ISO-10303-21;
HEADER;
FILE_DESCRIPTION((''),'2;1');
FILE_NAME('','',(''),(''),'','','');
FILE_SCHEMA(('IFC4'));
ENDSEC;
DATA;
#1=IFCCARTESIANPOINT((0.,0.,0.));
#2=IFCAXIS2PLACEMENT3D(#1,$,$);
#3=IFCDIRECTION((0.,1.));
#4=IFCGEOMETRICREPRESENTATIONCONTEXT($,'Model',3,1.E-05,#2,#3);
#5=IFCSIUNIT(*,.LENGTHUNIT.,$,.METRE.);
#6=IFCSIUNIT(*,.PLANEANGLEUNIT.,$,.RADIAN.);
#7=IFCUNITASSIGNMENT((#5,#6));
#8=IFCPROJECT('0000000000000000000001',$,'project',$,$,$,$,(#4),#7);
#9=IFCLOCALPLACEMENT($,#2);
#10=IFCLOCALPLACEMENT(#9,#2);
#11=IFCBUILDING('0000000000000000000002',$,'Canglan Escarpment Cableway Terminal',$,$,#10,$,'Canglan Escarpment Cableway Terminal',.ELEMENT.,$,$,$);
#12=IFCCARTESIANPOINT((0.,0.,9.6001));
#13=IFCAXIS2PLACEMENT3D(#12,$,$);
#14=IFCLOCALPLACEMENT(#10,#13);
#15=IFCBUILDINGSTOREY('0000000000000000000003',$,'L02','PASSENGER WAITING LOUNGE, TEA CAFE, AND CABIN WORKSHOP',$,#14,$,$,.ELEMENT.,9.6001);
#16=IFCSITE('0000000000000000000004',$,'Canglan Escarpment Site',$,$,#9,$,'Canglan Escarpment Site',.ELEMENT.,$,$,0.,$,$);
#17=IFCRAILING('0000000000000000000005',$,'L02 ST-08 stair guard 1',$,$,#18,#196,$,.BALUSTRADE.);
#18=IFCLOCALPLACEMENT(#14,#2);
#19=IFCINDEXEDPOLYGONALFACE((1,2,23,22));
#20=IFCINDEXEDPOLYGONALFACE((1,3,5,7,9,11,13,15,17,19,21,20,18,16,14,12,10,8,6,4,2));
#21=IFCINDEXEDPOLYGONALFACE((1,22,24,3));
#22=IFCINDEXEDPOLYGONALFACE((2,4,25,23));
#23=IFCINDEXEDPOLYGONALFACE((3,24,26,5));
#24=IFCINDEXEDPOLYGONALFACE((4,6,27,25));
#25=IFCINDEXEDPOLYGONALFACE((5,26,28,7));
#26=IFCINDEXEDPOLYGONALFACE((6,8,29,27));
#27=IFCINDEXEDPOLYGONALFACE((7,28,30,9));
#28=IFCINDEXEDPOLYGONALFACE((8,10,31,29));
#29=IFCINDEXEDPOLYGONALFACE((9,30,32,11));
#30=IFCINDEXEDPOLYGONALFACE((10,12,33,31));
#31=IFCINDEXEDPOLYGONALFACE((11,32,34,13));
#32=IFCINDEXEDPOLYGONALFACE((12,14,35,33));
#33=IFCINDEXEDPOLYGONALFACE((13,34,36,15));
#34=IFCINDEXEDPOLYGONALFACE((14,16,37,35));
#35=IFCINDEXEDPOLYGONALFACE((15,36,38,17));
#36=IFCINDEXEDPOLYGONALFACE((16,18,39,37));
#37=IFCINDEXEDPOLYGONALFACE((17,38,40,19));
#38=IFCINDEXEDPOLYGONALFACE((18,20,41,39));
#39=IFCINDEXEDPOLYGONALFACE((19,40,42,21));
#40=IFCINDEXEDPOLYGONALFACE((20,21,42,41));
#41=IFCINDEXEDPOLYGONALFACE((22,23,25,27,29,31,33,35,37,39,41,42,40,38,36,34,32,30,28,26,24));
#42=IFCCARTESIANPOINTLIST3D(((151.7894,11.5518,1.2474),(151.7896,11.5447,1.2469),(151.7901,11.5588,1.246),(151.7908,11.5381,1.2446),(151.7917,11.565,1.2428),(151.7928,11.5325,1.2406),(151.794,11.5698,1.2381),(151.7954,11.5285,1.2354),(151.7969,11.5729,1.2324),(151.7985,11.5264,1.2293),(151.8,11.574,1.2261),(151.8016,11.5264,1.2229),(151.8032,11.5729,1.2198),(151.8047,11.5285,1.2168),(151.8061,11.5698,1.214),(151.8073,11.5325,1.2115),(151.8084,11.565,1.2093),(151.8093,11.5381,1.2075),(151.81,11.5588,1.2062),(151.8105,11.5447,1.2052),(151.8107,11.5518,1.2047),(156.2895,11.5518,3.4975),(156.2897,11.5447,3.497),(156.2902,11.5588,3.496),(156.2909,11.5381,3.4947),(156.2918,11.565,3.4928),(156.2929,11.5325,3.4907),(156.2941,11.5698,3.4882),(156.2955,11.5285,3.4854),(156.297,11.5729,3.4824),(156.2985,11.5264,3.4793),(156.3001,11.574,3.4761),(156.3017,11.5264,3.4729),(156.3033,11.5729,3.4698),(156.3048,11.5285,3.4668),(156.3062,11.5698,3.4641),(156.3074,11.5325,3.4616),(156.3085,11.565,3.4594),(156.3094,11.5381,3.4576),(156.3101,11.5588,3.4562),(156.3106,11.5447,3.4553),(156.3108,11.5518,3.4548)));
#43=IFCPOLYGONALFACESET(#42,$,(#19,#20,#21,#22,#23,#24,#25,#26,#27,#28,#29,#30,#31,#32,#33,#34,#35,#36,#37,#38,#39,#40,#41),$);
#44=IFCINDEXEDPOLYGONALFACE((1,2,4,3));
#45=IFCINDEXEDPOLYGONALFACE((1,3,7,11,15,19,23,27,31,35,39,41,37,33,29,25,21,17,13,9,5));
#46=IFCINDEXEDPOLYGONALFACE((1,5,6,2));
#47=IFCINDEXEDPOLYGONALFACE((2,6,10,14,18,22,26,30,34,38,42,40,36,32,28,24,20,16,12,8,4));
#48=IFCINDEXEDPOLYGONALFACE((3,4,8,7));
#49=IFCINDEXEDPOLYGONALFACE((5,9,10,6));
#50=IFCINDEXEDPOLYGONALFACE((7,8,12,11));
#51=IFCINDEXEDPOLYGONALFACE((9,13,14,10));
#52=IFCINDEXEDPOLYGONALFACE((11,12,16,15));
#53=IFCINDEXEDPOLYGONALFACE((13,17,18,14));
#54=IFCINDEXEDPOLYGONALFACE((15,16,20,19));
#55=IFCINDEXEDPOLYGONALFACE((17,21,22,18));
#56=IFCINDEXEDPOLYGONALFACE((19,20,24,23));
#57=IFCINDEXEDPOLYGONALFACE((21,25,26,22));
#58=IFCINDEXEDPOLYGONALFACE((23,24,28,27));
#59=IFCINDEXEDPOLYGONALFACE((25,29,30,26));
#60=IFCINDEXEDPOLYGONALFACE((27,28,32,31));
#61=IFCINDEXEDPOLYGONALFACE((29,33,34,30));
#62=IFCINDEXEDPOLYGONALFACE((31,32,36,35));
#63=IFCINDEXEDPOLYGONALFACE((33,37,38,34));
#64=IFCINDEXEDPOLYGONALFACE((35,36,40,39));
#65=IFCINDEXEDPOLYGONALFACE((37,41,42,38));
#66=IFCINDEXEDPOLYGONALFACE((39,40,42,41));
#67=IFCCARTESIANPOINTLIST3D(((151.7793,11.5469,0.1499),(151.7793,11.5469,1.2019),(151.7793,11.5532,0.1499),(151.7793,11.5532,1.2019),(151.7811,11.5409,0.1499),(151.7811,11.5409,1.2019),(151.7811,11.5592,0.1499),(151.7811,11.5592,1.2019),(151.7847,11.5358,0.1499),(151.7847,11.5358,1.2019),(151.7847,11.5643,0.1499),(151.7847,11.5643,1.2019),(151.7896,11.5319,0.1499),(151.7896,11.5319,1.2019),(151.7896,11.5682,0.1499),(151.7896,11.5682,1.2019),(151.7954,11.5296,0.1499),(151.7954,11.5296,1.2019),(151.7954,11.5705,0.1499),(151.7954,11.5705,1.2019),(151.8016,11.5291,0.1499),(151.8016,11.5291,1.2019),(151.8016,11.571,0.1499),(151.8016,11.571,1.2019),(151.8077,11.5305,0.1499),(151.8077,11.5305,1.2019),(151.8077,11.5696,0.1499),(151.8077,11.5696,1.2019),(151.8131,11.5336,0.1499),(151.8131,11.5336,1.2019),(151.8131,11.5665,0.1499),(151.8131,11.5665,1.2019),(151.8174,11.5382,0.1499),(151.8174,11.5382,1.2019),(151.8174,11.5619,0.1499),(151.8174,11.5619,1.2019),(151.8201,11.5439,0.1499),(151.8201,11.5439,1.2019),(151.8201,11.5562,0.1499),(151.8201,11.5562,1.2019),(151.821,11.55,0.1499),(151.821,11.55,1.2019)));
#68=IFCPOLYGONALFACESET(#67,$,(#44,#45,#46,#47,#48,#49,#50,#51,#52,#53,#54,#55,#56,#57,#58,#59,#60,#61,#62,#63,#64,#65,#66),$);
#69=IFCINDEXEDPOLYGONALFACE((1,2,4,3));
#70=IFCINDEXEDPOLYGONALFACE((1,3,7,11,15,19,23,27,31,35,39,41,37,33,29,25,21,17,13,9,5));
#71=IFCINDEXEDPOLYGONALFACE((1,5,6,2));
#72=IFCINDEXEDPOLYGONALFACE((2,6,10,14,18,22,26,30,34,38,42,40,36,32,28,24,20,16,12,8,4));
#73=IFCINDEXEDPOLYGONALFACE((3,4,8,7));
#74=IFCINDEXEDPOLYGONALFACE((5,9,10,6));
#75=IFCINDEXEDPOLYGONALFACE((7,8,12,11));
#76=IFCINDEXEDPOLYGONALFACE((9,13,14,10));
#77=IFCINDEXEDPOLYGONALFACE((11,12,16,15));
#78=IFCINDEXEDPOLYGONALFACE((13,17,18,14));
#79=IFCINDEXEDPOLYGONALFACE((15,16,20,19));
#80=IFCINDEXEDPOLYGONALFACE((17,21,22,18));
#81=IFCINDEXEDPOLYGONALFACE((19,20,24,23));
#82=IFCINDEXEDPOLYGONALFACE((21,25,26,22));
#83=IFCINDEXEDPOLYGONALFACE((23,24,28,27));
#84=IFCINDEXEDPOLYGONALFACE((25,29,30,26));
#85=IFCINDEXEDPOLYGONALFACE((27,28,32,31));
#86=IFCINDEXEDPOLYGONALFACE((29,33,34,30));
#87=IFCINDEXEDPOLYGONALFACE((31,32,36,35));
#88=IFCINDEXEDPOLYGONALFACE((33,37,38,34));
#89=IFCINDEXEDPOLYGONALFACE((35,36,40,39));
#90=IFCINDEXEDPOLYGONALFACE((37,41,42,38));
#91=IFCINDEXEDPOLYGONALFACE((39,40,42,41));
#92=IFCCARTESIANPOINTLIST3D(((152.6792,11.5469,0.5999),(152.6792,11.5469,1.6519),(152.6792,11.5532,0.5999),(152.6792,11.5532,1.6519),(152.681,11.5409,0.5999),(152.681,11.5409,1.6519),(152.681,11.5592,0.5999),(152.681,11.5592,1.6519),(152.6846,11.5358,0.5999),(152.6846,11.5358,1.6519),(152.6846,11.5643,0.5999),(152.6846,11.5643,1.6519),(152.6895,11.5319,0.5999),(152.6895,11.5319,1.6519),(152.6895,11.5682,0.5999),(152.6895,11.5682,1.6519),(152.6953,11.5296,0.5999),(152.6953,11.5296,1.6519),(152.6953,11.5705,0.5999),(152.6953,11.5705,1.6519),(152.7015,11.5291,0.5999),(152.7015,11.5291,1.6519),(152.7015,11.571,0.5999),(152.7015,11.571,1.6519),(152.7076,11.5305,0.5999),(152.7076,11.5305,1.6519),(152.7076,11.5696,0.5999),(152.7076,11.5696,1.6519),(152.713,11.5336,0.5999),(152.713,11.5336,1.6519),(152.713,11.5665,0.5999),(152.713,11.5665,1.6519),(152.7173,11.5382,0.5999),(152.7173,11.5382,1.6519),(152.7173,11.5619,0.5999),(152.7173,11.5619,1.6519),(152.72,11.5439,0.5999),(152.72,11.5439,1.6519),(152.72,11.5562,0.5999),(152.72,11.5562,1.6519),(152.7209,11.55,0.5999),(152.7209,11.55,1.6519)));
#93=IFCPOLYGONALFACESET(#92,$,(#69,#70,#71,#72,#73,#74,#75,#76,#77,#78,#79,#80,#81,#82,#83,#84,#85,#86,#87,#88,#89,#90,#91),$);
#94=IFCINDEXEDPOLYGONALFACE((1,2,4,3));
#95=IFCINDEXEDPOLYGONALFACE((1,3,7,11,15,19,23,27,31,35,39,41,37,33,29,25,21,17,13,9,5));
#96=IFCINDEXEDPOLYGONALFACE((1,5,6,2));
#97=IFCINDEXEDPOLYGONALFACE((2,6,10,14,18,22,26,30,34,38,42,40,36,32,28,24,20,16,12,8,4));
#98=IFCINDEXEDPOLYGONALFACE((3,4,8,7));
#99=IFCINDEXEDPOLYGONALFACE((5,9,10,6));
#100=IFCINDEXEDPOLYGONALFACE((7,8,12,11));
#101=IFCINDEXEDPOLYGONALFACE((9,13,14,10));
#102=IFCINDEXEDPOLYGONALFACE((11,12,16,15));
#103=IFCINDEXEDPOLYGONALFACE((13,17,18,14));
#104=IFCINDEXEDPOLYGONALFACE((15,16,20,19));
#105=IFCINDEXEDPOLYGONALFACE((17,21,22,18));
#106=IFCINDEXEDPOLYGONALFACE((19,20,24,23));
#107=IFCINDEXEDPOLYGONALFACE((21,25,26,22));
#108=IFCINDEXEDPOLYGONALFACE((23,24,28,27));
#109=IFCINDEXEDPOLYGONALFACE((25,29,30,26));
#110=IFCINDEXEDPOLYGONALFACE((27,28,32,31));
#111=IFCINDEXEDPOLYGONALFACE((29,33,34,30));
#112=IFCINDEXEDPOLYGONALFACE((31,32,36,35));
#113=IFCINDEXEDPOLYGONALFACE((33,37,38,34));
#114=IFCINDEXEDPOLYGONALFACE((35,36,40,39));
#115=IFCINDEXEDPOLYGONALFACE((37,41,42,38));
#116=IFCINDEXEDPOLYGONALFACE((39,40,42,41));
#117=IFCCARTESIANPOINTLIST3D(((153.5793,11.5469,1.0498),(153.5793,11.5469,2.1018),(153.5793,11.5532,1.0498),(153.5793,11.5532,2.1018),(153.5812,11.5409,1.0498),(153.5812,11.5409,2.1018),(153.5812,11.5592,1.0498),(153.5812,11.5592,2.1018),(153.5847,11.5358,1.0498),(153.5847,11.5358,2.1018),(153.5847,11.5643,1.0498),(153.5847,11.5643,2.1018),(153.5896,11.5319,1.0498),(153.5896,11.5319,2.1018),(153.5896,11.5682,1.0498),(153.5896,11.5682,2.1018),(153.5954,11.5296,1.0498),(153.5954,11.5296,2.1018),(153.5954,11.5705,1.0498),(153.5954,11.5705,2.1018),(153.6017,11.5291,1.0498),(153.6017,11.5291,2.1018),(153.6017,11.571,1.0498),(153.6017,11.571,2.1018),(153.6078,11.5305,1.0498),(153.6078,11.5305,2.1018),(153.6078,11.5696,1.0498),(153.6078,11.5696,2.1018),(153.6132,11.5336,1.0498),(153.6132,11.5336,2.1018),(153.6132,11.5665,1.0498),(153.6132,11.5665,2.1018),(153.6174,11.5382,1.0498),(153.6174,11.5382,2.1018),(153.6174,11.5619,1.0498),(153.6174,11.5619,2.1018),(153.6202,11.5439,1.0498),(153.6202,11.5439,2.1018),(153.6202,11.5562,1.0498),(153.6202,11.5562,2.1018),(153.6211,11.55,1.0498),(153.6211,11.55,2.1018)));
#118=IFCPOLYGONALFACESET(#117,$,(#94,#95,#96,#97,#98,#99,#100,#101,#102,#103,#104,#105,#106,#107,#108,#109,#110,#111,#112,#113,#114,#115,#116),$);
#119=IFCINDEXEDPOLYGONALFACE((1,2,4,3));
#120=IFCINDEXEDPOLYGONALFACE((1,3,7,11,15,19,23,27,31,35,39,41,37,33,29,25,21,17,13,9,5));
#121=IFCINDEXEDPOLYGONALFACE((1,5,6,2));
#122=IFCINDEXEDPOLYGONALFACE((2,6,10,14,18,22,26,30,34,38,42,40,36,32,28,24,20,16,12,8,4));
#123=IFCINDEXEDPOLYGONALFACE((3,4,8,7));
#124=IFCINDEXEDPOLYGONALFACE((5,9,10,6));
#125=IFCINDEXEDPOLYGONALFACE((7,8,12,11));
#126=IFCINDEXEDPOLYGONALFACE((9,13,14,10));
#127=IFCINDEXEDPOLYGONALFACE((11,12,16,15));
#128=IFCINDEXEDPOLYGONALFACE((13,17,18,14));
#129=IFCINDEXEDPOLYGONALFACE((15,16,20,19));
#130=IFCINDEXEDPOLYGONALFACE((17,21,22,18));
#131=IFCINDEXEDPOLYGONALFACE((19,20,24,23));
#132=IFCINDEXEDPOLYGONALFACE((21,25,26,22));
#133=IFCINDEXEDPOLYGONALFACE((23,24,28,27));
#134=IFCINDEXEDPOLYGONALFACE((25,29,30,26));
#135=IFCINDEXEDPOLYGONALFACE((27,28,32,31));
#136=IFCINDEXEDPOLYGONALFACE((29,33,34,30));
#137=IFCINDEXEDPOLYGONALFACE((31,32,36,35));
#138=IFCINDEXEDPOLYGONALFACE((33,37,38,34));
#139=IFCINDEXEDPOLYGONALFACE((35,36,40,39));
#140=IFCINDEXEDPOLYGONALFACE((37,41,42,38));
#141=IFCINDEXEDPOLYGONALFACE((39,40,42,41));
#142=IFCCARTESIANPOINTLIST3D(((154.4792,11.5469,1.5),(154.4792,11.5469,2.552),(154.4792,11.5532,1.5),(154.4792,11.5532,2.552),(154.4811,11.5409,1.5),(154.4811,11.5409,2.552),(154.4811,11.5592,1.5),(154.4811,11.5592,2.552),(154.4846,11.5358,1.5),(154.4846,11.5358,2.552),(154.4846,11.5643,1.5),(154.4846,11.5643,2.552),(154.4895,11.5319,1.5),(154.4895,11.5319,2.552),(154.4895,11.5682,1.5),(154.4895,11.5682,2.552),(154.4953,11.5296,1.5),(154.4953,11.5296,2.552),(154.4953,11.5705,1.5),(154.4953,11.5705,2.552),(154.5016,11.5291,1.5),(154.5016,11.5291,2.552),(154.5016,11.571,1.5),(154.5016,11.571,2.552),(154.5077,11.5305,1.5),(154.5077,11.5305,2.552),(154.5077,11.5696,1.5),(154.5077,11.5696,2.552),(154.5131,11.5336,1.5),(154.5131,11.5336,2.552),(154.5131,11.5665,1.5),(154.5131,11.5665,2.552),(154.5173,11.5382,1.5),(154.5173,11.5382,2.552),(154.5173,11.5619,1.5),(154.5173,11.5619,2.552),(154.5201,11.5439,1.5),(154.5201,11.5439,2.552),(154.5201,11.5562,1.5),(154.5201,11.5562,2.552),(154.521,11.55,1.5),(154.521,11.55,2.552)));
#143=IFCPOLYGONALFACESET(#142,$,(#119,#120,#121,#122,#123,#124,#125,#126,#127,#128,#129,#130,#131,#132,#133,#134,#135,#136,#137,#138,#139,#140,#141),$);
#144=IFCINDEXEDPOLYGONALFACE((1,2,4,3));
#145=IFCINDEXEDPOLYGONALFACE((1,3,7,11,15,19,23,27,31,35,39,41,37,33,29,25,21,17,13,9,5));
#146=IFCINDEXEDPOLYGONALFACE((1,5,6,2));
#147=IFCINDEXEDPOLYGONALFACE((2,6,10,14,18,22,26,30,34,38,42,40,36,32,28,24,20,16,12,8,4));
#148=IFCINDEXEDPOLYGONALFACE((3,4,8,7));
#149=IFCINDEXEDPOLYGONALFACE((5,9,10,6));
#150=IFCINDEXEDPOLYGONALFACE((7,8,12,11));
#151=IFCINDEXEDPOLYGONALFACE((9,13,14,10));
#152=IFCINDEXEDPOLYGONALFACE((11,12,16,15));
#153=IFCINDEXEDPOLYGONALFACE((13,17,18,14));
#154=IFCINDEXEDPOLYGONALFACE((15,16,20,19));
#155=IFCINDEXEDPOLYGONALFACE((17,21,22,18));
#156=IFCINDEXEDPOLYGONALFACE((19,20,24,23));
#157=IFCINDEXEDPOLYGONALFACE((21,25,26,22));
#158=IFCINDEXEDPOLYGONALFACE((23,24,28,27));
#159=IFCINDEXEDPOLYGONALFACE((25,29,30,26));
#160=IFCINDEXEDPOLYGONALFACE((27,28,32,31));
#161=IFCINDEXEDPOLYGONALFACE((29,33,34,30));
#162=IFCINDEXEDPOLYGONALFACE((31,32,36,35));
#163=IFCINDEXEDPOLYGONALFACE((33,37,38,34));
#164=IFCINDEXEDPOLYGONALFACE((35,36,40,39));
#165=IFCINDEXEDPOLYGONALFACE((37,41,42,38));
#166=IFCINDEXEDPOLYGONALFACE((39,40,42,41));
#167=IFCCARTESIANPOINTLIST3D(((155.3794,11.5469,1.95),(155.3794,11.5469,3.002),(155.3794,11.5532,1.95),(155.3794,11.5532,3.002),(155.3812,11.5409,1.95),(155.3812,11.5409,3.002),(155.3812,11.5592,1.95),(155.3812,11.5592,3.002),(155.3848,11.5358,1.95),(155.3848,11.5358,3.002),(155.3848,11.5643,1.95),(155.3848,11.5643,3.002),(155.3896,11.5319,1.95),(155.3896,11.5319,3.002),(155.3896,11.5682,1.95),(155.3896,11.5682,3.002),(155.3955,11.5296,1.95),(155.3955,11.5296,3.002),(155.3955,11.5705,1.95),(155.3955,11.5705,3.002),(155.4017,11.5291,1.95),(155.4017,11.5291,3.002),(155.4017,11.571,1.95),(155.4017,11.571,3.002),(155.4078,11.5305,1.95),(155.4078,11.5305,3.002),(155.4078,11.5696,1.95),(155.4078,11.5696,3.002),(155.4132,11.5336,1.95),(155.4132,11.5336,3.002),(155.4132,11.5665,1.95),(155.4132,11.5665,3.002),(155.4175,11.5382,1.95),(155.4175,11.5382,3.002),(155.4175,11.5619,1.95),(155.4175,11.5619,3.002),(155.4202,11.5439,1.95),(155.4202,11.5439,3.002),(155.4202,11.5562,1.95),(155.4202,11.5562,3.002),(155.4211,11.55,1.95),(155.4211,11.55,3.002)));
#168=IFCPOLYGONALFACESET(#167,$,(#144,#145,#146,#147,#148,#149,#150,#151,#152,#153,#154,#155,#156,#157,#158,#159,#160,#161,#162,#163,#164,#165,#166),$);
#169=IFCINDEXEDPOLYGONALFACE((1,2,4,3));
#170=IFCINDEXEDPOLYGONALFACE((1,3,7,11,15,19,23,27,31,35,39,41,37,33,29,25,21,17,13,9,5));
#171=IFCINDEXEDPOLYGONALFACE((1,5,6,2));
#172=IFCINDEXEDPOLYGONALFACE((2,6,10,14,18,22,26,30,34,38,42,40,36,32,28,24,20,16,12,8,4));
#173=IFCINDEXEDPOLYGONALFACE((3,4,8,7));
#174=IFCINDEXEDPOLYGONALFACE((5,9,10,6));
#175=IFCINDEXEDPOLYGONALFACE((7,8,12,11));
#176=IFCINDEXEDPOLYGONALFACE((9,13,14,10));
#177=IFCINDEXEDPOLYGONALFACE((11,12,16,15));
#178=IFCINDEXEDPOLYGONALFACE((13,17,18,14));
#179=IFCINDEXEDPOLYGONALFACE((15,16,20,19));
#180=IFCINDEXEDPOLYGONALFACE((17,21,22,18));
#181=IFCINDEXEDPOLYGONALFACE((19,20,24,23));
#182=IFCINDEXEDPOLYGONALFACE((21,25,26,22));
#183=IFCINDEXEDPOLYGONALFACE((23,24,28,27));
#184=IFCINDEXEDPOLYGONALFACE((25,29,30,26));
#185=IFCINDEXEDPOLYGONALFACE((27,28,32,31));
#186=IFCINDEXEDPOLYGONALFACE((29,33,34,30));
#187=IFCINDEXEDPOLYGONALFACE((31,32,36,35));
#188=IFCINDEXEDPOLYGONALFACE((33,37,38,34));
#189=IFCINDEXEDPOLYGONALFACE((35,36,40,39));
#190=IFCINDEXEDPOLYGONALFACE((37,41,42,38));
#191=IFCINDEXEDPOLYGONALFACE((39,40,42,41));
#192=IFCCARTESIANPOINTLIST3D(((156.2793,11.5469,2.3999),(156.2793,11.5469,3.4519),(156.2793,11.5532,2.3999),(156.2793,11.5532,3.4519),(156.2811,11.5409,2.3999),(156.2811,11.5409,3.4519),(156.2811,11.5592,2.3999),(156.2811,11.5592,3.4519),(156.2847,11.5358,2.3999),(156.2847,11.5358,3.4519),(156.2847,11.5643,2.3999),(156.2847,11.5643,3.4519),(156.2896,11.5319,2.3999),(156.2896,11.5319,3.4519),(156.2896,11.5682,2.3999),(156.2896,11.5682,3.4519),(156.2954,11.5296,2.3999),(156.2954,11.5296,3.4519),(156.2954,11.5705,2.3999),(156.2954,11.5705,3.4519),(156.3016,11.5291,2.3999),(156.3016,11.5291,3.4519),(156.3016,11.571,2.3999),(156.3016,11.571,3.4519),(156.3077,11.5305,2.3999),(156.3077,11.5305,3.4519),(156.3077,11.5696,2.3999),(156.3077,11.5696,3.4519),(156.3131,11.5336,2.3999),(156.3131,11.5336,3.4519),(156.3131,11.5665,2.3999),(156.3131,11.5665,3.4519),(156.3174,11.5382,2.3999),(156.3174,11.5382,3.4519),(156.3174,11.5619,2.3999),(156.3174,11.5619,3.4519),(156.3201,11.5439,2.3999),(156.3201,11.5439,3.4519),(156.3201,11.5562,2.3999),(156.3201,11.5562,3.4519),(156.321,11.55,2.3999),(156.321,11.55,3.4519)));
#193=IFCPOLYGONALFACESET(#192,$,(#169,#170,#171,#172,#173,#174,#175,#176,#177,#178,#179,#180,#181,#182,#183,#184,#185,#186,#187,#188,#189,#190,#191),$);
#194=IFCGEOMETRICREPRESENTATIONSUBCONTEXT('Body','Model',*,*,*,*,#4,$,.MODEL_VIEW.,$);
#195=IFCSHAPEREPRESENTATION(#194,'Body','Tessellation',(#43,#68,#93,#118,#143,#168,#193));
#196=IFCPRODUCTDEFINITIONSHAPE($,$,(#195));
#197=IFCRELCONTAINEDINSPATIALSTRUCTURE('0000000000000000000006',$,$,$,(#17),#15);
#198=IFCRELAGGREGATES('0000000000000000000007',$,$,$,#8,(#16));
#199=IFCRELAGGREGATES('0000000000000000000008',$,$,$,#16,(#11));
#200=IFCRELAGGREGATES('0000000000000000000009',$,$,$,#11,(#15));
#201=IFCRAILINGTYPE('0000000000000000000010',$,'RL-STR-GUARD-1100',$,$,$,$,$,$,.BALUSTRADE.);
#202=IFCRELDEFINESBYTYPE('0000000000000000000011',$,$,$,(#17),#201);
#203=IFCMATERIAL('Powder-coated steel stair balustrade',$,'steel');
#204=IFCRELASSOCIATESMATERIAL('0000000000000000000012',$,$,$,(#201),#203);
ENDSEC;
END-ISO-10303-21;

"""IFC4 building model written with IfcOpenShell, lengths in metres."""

from ifc_helpers import new_model, si_unit, direction, frame, origin, origin_2d, place, context, subcontext, project, spatial, circle, extrude, material, type_object, element, save


model = new_model("IFC4")

# Units and contexts
model_context = context("Model", 3, precision=1e-05, world=origin(), true_north=direction((0.0, 1.0)))
body_context = subcontext(model_context, "Body", "Model", "MODEL_VIEW")
ifc_project = project(units=[si_unit("LENGTHUNIT", "METRE"), si_unit("PLANEANGLEUNIT", "RADIAN")], contexts=[model_context])

# Site, building, storey
site_placement = place(None, origin())
site = spatial("IfcSite", under=ifc_project, at=site_placement, Name="Canglan Escarpment Site", LongName="Canglan Escarpment Site", CompositionType="ELEMENT", RefElevation=0.0)
building_placement = place(site_placement, origin())
building = spatial("IfcBuilding", under=site, at=building_placement, Name="Canglan Escarpment Cableway Terminal", LongName="Canglan Escarpment Cableway Terminal", CompositionType="ELEMENT")
storey_placement = place(building_placement, frame((0.0, 0.0, 9.6001)))
storey = spatial("IfcBuildingStorey", under=building, at=storey_placement, Name="L02", Description="PASSENGER WAITING LOUNGE, TEA CAFE, AND CABIN WORKSHOP", CompositionType="ELEMENT", Elevation=9.6001)

# Railing
ifc_material_1 = material(Name="Powder-coated steel stair balustrade", Category="steel")
railing_type_1 = type_object("IfcRailingType", Name="RL-STR-GUARD-1100", PredefinedType="BALUSTRADE", material=ifc_material_1)
railing_1_placement = place(storey_placement, frame((151.8, 11.55, 0.1499)))
element("IfcRailing", 1, at=railing_1_placement, inside=storey, type_object=railing_type_1, Name="L02 ST-08 stair guard 1", PredefinedType="BALUSTRADE", context=body_context, shape_type="SweptSolid", body=[
    extrude(circle(Radius=0.0239, at=origin_2d()), frame((0.0, 0.0, 1.0762), z_axis=(0.894427, 0.0, 0.447214), x_axis=(0.0, 1.0, 0.0)), (0.0, 0.0, 1.0), 5.0312),
    extrude(circle(Radius=0.021, at=origin_2d()), origin(), (0.0, 0.0, 1.0), 1.052),
    extrude(circle(Radius=0.021, at=origin_2d()), frame((0.8999, 0.0, 0.45)), (0.0, 0.0, 1.0), 1.052),
    extrude(circle(Radius=0.021, at=origin_2d()), frame((1.8, 0.0, 0.8999)), (0.0, 0.0, 1.0), 1.052),
    extrude(circle(Radius=0.021, at=origin_2d()), frame((2.7, 0.0, 1.3501)), (0.0, 0.0, 1.0), 1.052),
    extrude(circle(Radius=0.021, at=origin_2d()), frame((3.6001, 0.0, 1.8)), (0.0, 0.0, 1.0), 1.052),
    extrude(circle(Radius=0.021, at=origin_2d()), frame((4.5, 0.0, 2.25)), (0.0, 0.0, 1.0), 1.052),
])

save(model, "model.ifc")
